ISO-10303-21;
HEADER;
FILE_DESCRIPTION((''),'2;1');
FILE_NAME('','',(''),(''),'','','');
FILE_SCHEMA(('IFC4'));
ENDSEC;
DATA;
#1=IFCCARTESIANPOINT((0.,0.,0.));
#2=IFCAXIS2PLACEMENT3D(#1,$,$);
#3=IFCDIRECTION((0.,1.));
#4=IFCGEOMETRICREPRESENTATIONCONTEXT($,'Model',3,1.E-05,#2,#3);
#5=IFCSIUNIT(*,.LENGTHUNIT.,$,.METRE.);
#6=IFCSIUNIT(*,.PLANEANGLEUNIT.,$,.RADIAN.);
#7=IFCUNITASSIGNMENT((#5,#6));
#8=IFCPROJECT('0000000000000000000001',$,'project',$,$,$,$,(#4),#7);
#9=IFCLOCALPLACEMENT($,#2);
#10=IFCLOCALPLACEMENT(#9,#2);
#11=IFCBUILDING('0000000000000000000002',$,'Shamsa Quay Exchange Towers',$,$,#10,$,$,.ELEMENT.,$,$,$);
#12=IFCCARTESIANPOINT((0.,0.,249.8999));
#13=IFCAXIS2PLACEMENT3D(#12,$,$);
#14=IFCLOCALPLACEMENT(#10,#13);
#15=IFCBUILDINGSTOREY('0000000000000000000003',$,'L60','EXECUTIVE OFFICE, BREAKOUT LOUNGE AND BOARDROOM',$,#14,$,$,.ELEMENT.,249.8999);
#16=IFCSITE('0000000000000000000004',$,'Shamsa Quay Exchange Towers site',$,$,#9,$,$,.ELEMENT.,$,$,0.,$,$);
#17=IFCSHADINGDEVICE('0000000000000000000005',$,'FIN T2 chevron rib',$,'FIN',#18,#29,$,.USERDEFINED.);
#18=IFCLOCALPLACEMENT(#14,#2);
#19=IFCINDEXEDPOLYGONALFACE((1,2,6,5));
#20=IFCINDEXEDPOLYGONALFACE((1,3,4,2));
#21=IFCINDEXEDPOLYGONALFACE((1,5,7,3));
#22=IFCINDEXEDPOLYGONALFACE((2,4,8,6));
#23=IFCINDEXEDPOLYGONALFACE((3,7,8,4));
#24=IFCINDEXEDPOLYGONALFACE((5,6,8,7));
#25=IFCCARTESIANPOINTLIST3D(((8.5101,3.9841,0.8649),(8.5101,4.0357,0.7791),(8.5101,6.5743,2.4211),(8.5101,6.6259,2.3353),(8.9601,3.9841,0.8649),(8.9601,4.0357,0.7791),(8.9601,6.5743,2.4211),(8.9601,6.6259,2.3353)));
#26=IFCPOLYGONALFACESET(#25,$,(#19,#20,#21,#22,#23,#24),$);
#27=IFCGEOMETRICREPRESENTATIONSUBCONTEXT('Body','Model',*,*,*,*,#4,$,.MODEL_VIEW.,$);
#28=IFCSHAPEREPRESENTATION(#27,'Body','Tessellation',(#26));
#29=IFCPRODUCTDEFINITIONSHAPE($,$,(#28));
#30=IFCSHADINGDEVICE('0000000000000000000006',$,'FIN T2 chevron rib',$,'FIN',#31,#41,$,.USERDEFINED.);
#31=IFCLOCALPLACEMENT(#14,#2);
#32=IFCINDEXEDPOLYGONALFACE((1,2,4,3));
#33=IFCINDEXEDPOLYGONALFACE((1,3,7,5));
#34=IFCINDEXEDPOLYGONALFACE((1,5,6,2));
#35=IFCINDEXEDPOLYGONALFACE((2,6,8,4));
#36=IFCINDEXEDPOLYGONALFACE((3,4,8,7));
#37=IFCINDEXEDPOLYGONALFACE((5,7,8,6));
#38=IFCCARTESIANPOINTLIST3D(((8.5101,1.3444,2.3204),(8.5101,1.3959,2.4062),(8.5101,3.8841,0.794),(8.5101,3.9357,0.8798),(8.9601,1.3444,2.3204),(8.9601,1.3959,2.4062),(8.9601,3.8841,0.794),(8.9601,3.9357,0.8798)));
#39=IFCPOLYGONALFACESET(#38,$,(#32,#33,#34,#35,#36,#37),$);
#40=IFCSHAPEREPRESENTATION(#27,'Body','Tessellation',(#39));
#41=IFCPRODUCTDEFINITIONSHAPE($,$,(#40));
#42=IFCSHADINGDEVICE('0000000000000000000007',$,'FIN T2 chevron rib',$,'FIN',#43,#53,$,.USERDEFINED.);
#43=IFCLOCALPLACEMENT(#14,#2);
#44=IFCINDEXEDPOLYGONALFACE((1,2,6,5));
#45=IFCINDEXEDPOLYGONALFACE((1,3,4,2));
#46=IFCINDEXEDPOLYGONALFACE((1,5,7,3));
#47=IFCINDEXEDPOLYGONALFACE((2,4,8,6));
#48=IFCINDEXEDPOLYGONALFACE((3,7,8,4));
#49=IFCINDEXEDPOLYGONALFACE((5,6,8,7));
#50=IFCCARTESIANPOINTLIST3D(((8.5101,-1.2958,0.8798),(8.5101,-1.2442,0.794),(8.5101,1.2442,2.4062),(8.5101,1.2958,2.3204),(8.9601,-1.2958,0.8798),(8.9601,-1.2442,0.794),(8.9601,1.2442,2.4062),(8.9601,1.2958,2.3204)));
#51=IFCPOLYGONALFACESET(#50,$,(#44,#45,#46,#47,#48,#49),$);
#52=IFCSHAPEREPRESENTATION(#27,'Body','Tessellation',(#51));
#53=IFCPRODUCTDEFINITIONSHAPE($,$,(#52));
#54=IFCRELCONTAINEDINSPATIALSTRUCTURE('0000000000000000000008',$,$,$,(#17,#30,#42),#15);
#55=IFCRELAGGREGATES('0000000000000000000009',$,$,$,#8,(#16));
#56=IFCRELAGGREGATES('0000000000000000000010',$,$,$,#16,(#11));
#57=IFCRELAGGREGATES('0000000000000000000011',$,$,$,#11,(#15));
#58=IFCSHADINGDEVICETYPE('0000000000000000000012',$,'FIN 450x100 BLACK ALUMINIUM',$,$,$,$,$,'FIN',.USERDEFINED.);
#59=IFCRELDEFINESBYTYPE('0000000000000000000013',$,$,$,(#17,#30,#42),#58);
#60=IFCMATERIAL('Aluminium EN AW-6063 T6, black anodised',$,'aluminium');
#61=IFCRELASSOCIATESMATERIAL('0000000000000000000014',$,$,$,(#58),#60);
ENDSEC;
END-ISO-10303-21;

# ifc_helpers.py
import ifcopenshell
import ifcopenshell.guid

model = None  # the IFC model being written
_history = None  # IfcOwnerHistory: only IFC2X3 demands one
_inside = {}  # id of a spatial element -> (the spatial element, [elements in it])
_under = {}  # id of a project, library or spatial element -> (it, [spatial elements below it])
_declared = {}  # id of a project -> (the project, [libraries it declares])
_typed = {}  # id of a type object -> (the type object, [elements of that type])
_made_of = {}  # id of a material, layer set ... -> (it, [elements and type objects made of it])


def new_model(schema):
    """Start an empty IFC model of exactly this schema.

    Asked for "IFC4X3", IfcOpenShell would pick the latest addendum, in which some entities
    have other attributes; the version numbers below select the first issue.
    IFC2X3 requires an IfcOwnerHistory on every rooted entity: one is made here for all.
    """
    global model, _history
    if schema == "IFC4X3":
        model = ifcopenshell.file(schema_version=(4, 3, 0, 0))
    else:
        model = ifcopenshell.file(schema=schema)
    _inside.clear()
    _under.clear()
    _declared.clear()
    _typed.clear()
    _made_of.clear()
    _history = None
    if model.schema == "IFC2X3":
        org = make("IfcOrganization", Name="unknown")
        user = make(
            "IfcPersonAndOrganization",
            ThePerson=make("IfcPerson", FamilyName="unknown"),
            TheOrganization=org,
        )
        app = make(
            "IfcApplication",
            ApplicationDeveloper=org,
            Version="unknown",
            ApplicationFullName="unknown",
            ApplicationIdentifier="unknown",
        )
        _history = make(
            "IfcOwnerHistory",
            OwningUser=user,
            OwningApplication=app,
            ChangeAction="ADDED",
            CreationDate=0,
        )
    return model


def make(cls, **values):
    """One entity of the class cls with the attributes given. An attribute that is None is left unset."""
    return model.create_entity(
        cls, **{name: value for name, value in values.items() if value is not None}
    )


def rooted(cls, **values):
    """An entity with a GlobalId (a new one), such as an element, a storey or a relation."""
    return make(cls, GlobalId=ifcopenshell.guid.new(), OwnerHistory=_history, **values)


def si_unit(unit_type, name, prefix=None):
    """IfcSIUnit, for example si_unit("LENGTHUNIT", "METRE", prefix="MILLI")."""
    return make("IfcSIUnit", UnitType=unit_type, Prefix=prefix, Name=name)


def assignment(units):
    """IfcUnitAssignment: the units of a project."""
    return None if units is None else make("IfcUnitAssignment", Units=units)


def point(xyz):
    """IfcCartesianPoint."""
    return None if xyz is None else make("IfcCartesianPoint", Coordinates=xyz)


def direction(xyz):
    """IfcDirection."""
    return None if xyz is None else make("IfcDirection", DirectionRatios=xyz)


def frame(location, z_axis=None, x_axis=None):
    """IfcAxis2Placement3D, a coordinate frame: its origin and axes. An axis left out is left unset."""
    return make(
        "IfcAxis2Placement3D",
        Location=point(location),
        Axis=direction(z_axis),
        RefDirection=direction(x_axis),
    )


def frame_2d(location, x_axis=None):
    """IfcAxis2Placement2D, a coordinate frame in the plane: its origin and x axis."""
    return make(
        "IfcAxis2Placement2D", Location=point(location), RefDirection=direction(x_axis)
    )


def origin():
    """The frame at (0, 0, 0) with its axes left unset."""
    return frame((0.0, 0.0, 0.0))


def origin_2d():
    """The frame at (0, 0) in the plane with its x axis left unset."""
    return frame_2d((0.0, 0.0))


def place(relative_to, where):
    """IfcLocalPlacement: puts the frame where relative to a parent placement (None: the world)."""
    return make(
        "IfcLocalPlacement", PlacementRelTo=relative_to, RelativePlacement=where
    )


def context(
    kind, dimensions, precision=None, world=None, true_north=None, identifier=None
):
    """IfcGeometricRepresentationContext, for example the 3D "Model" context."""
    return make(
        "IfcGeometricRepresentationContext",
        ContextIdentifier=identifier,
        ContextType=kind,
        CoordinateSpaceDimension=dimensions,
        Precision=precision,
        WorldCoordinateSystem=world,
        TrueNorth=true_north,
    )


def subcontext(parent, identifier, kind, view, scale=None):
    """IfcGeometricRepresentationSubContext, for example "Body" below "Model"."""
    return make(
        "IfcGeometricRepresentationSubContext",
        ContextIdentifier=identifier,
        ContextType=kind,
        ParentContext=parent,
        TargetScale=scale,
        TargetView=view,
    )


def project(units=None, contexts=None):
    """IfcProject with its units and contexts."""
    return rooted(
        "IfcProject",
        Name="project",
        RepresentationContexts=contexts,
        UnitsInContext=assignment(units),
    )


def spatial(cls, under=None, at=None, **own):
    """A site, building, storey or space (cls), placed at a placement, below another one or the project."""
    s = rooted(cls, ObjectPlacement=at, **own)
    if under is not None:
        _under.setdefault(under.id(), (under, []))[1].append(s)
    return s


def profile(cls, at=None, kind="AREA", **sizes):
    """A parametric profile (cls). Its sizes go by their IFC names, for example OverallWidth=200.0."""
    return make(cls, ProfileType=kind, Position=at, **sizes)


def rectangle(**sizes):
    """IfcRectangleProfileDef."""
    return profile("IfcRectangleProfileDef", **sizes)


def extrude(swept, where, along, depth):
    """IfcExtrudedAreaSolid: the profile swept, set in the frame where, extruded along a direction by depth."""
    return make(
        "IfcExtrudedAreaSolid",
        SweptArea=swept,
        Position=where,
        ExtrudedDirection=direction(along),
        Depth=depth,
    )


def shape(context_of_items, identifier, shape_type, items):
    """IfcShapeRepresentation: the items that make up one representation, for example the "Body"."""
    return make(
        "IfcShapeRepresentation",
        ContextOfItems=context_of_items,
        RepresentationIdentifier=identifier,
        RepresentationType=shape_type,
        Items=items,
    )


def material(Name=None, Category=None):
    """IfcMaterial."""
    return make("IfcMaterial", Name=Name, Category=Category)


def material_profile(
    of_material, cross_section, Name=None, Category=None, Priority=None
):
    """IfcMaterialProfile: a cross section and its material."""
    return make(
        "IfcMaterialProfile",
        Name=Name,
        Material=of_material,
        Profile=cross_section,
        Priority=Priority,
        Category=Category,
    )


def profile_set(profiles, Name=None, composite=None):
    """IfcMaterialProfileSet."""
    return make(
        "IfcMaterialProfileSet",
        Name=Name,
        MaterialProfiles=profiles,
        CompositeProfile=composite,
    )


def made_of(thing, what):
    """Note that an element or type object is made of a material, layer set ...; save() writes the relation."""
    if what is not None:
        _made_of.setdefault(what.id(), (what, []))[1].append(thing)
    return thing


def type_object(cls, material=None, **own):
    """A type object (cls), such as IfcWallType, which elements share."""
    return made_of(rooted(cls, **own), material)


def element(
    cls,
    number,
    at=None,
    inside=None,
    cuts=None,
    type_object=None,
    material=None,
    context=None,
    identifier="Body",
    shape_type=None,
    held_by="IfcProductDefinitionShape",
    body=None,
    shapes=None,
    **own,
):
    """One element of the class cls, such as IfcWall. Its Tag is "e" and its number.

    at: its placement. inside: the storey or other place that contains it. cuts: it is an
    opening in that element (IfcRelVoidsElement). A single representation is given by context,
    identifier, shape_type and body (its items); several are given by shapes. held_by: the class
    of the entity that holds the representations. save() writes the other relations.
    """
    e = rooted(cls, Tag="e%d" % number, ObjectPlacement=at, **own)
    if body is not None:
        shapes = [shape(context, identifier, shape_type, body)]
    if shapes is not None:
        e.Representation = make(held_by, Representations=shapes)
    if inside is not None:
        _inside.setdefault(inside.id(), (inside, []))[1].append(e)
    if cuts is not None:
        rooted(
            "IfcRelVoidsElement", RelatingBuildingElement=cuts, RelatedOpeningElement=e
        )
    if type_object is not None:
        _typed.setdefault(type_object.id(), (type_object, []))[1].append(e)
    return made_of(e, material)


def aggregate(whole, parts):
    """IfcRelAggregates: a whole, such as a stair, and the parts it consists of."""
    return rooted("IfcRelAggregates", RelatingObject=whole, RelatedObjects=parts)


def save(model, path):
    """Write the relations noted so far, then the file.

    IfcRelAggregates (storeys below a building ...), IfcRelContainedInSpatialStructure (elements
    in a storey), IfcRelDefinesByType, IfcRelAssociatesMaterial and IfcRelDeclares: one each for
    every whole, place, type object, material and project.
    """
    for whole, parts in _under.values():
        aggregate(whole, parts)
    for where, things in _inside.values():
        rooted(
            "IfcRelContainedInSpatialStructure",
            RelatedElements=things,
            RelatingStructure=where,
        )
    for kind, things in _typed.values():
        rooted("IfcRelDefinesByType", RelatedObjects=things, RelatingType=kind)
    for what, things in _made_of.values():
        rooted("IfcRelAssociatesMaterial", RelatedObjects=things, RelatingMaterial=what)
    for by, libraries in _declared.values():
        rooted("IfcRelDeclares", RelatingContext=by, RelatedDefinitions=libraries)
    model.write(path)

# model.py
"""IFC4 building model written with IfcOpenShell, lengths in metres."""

from ifc_helpers import new_model, si_unit, direction, frame, origin, origin_2d, place, context, subcontext, project, spatial, rectangle, extrude, material, material_profile, profile_set, type_object, element, save


model = new_model("IFC4")

# Units and contexts
model_context = context("Model", 3, precision=1e-05, world=origin(), true_north=direction((0.0, 1.0)))
body_context = subcontext(model_context, "Body", "Model", "MODEL_VIEW")
ifc_project = project(units=[si_unit("LENGTHUNIT", "METRE"), si_unit("PLANEANGLEUNIT", "RADIAN")], contexts=[model_context])

# Site, building, storey
site_placement = place(None, origin())
site = spatial("IfcSite", under=ifc_project, at=site_placement, Name="Shamsa Quay Exchange Towers site", CompositionType="ELEMENT", RefElevation=0.0)
building_placement = place(site_placement, origin())
building = spatial("IfcBuilding", under=site, at=building_placement, Name="Shamsa Quay Exchange Towers", CompositionType="ELEMENT")
storey_placement = place(building_placement, frame((0.0, 0.0, 249.8999)))
storey = spatial("IfcBuildingStorey", under=building, at=storey_placement, Name="L60", Description="EXECUTIVE OFFICE, BREAKOUT LOUNGE AND BOARDROOM", CompositionType="ELEMENT", Elevation=249.8999)

# Shared definitions
ifc_material_1 = material(Name="Aluminium EN AW-6063 T6, black anodised", Category="aluminium")

# Shading devices
ifc_material_profile_1 = material_profile(ifc_material_1, rectangle(XDim=0.45, YDim=0.1001, at=origin_2d()), Name="FIN450x100")
ifc_profile_set_1 = profile_set([ifc_material_profile_1], Name="Aluminium EN AW-6063 T6, black anodised")
shading_device_type = type_object("IfcShadingDeviceType", Name="FIN 450x100 BLACK ALUMINIUM", ElementType="FIN", PredefinedType="USERDEFINED", material=ifc_profile_set_1)
shading_device_1_placement = place(storey_placement, frame((8.7351, 6.6001, 2.3782), z_axis=(0.0, -0.857186, -0.515007), x_axis=(1.0, 0.0, 0.0)))
element("IfcShadingDevice", 1, at=shading_device_1_placement, inside=storey, type_object=shading_device_type, Name="FIN T2 chevron rib", ObjectType="FIN", PredefinedType="USERDEFINED", context=body_context, shape_type="SweptSolid", body=[
    extrude(rectangle(XDim=0.45, YDim=0.1001, at=origin_2d()), origin(), (0.0, 0.0, 1.0), 3.0217),
])
shading_device_2_placement = place(storey_placement, frame((8.7351, 3.9099, 0.8369), z_axis=(0.0, -0.857122, 0.515114), x_axis=(1.0, 0.0, 0.0)))
element("IfcShadingDevice", 2, at=shading_device_2_placement, inside=storey, type_object=shading_device_type, Name="FIN T2 chevron rib", ObjectType="FIN", PredefinedType="USERDEFINED", context=body_context, shape_type="SweptSolid", body=[
    extrude(rectangle(XDim=0.45, YDim=0.1001, at=origin_2d()), origin(), (0.0, 0.0, 1.0), 2.9631),
])
shading_device_3_placement = place(storey_placement, frame((8.7351, 1.27, 2.3633), z_axis=(0.0, -0.857144, -0.515077), x_axis=(1.0, 0.0, 0.0)))
element("IfcShadingDevice", 3, at=shading_device_3_placement, inside=storey, type_object=shading_device_type, Name="FIN T2 chevron rib", ObjectType="FIN", PredefinedType="USERDEFINED", context=body_context, shape_type="SweptSolid", body=[
    extrude(rectangle(XDim=0.45, YDim=0.1001, at=origin_2d()), origin(), (0.0, 0.0, 1.0), 2.9634),
])

save(model, "model.ifc")
